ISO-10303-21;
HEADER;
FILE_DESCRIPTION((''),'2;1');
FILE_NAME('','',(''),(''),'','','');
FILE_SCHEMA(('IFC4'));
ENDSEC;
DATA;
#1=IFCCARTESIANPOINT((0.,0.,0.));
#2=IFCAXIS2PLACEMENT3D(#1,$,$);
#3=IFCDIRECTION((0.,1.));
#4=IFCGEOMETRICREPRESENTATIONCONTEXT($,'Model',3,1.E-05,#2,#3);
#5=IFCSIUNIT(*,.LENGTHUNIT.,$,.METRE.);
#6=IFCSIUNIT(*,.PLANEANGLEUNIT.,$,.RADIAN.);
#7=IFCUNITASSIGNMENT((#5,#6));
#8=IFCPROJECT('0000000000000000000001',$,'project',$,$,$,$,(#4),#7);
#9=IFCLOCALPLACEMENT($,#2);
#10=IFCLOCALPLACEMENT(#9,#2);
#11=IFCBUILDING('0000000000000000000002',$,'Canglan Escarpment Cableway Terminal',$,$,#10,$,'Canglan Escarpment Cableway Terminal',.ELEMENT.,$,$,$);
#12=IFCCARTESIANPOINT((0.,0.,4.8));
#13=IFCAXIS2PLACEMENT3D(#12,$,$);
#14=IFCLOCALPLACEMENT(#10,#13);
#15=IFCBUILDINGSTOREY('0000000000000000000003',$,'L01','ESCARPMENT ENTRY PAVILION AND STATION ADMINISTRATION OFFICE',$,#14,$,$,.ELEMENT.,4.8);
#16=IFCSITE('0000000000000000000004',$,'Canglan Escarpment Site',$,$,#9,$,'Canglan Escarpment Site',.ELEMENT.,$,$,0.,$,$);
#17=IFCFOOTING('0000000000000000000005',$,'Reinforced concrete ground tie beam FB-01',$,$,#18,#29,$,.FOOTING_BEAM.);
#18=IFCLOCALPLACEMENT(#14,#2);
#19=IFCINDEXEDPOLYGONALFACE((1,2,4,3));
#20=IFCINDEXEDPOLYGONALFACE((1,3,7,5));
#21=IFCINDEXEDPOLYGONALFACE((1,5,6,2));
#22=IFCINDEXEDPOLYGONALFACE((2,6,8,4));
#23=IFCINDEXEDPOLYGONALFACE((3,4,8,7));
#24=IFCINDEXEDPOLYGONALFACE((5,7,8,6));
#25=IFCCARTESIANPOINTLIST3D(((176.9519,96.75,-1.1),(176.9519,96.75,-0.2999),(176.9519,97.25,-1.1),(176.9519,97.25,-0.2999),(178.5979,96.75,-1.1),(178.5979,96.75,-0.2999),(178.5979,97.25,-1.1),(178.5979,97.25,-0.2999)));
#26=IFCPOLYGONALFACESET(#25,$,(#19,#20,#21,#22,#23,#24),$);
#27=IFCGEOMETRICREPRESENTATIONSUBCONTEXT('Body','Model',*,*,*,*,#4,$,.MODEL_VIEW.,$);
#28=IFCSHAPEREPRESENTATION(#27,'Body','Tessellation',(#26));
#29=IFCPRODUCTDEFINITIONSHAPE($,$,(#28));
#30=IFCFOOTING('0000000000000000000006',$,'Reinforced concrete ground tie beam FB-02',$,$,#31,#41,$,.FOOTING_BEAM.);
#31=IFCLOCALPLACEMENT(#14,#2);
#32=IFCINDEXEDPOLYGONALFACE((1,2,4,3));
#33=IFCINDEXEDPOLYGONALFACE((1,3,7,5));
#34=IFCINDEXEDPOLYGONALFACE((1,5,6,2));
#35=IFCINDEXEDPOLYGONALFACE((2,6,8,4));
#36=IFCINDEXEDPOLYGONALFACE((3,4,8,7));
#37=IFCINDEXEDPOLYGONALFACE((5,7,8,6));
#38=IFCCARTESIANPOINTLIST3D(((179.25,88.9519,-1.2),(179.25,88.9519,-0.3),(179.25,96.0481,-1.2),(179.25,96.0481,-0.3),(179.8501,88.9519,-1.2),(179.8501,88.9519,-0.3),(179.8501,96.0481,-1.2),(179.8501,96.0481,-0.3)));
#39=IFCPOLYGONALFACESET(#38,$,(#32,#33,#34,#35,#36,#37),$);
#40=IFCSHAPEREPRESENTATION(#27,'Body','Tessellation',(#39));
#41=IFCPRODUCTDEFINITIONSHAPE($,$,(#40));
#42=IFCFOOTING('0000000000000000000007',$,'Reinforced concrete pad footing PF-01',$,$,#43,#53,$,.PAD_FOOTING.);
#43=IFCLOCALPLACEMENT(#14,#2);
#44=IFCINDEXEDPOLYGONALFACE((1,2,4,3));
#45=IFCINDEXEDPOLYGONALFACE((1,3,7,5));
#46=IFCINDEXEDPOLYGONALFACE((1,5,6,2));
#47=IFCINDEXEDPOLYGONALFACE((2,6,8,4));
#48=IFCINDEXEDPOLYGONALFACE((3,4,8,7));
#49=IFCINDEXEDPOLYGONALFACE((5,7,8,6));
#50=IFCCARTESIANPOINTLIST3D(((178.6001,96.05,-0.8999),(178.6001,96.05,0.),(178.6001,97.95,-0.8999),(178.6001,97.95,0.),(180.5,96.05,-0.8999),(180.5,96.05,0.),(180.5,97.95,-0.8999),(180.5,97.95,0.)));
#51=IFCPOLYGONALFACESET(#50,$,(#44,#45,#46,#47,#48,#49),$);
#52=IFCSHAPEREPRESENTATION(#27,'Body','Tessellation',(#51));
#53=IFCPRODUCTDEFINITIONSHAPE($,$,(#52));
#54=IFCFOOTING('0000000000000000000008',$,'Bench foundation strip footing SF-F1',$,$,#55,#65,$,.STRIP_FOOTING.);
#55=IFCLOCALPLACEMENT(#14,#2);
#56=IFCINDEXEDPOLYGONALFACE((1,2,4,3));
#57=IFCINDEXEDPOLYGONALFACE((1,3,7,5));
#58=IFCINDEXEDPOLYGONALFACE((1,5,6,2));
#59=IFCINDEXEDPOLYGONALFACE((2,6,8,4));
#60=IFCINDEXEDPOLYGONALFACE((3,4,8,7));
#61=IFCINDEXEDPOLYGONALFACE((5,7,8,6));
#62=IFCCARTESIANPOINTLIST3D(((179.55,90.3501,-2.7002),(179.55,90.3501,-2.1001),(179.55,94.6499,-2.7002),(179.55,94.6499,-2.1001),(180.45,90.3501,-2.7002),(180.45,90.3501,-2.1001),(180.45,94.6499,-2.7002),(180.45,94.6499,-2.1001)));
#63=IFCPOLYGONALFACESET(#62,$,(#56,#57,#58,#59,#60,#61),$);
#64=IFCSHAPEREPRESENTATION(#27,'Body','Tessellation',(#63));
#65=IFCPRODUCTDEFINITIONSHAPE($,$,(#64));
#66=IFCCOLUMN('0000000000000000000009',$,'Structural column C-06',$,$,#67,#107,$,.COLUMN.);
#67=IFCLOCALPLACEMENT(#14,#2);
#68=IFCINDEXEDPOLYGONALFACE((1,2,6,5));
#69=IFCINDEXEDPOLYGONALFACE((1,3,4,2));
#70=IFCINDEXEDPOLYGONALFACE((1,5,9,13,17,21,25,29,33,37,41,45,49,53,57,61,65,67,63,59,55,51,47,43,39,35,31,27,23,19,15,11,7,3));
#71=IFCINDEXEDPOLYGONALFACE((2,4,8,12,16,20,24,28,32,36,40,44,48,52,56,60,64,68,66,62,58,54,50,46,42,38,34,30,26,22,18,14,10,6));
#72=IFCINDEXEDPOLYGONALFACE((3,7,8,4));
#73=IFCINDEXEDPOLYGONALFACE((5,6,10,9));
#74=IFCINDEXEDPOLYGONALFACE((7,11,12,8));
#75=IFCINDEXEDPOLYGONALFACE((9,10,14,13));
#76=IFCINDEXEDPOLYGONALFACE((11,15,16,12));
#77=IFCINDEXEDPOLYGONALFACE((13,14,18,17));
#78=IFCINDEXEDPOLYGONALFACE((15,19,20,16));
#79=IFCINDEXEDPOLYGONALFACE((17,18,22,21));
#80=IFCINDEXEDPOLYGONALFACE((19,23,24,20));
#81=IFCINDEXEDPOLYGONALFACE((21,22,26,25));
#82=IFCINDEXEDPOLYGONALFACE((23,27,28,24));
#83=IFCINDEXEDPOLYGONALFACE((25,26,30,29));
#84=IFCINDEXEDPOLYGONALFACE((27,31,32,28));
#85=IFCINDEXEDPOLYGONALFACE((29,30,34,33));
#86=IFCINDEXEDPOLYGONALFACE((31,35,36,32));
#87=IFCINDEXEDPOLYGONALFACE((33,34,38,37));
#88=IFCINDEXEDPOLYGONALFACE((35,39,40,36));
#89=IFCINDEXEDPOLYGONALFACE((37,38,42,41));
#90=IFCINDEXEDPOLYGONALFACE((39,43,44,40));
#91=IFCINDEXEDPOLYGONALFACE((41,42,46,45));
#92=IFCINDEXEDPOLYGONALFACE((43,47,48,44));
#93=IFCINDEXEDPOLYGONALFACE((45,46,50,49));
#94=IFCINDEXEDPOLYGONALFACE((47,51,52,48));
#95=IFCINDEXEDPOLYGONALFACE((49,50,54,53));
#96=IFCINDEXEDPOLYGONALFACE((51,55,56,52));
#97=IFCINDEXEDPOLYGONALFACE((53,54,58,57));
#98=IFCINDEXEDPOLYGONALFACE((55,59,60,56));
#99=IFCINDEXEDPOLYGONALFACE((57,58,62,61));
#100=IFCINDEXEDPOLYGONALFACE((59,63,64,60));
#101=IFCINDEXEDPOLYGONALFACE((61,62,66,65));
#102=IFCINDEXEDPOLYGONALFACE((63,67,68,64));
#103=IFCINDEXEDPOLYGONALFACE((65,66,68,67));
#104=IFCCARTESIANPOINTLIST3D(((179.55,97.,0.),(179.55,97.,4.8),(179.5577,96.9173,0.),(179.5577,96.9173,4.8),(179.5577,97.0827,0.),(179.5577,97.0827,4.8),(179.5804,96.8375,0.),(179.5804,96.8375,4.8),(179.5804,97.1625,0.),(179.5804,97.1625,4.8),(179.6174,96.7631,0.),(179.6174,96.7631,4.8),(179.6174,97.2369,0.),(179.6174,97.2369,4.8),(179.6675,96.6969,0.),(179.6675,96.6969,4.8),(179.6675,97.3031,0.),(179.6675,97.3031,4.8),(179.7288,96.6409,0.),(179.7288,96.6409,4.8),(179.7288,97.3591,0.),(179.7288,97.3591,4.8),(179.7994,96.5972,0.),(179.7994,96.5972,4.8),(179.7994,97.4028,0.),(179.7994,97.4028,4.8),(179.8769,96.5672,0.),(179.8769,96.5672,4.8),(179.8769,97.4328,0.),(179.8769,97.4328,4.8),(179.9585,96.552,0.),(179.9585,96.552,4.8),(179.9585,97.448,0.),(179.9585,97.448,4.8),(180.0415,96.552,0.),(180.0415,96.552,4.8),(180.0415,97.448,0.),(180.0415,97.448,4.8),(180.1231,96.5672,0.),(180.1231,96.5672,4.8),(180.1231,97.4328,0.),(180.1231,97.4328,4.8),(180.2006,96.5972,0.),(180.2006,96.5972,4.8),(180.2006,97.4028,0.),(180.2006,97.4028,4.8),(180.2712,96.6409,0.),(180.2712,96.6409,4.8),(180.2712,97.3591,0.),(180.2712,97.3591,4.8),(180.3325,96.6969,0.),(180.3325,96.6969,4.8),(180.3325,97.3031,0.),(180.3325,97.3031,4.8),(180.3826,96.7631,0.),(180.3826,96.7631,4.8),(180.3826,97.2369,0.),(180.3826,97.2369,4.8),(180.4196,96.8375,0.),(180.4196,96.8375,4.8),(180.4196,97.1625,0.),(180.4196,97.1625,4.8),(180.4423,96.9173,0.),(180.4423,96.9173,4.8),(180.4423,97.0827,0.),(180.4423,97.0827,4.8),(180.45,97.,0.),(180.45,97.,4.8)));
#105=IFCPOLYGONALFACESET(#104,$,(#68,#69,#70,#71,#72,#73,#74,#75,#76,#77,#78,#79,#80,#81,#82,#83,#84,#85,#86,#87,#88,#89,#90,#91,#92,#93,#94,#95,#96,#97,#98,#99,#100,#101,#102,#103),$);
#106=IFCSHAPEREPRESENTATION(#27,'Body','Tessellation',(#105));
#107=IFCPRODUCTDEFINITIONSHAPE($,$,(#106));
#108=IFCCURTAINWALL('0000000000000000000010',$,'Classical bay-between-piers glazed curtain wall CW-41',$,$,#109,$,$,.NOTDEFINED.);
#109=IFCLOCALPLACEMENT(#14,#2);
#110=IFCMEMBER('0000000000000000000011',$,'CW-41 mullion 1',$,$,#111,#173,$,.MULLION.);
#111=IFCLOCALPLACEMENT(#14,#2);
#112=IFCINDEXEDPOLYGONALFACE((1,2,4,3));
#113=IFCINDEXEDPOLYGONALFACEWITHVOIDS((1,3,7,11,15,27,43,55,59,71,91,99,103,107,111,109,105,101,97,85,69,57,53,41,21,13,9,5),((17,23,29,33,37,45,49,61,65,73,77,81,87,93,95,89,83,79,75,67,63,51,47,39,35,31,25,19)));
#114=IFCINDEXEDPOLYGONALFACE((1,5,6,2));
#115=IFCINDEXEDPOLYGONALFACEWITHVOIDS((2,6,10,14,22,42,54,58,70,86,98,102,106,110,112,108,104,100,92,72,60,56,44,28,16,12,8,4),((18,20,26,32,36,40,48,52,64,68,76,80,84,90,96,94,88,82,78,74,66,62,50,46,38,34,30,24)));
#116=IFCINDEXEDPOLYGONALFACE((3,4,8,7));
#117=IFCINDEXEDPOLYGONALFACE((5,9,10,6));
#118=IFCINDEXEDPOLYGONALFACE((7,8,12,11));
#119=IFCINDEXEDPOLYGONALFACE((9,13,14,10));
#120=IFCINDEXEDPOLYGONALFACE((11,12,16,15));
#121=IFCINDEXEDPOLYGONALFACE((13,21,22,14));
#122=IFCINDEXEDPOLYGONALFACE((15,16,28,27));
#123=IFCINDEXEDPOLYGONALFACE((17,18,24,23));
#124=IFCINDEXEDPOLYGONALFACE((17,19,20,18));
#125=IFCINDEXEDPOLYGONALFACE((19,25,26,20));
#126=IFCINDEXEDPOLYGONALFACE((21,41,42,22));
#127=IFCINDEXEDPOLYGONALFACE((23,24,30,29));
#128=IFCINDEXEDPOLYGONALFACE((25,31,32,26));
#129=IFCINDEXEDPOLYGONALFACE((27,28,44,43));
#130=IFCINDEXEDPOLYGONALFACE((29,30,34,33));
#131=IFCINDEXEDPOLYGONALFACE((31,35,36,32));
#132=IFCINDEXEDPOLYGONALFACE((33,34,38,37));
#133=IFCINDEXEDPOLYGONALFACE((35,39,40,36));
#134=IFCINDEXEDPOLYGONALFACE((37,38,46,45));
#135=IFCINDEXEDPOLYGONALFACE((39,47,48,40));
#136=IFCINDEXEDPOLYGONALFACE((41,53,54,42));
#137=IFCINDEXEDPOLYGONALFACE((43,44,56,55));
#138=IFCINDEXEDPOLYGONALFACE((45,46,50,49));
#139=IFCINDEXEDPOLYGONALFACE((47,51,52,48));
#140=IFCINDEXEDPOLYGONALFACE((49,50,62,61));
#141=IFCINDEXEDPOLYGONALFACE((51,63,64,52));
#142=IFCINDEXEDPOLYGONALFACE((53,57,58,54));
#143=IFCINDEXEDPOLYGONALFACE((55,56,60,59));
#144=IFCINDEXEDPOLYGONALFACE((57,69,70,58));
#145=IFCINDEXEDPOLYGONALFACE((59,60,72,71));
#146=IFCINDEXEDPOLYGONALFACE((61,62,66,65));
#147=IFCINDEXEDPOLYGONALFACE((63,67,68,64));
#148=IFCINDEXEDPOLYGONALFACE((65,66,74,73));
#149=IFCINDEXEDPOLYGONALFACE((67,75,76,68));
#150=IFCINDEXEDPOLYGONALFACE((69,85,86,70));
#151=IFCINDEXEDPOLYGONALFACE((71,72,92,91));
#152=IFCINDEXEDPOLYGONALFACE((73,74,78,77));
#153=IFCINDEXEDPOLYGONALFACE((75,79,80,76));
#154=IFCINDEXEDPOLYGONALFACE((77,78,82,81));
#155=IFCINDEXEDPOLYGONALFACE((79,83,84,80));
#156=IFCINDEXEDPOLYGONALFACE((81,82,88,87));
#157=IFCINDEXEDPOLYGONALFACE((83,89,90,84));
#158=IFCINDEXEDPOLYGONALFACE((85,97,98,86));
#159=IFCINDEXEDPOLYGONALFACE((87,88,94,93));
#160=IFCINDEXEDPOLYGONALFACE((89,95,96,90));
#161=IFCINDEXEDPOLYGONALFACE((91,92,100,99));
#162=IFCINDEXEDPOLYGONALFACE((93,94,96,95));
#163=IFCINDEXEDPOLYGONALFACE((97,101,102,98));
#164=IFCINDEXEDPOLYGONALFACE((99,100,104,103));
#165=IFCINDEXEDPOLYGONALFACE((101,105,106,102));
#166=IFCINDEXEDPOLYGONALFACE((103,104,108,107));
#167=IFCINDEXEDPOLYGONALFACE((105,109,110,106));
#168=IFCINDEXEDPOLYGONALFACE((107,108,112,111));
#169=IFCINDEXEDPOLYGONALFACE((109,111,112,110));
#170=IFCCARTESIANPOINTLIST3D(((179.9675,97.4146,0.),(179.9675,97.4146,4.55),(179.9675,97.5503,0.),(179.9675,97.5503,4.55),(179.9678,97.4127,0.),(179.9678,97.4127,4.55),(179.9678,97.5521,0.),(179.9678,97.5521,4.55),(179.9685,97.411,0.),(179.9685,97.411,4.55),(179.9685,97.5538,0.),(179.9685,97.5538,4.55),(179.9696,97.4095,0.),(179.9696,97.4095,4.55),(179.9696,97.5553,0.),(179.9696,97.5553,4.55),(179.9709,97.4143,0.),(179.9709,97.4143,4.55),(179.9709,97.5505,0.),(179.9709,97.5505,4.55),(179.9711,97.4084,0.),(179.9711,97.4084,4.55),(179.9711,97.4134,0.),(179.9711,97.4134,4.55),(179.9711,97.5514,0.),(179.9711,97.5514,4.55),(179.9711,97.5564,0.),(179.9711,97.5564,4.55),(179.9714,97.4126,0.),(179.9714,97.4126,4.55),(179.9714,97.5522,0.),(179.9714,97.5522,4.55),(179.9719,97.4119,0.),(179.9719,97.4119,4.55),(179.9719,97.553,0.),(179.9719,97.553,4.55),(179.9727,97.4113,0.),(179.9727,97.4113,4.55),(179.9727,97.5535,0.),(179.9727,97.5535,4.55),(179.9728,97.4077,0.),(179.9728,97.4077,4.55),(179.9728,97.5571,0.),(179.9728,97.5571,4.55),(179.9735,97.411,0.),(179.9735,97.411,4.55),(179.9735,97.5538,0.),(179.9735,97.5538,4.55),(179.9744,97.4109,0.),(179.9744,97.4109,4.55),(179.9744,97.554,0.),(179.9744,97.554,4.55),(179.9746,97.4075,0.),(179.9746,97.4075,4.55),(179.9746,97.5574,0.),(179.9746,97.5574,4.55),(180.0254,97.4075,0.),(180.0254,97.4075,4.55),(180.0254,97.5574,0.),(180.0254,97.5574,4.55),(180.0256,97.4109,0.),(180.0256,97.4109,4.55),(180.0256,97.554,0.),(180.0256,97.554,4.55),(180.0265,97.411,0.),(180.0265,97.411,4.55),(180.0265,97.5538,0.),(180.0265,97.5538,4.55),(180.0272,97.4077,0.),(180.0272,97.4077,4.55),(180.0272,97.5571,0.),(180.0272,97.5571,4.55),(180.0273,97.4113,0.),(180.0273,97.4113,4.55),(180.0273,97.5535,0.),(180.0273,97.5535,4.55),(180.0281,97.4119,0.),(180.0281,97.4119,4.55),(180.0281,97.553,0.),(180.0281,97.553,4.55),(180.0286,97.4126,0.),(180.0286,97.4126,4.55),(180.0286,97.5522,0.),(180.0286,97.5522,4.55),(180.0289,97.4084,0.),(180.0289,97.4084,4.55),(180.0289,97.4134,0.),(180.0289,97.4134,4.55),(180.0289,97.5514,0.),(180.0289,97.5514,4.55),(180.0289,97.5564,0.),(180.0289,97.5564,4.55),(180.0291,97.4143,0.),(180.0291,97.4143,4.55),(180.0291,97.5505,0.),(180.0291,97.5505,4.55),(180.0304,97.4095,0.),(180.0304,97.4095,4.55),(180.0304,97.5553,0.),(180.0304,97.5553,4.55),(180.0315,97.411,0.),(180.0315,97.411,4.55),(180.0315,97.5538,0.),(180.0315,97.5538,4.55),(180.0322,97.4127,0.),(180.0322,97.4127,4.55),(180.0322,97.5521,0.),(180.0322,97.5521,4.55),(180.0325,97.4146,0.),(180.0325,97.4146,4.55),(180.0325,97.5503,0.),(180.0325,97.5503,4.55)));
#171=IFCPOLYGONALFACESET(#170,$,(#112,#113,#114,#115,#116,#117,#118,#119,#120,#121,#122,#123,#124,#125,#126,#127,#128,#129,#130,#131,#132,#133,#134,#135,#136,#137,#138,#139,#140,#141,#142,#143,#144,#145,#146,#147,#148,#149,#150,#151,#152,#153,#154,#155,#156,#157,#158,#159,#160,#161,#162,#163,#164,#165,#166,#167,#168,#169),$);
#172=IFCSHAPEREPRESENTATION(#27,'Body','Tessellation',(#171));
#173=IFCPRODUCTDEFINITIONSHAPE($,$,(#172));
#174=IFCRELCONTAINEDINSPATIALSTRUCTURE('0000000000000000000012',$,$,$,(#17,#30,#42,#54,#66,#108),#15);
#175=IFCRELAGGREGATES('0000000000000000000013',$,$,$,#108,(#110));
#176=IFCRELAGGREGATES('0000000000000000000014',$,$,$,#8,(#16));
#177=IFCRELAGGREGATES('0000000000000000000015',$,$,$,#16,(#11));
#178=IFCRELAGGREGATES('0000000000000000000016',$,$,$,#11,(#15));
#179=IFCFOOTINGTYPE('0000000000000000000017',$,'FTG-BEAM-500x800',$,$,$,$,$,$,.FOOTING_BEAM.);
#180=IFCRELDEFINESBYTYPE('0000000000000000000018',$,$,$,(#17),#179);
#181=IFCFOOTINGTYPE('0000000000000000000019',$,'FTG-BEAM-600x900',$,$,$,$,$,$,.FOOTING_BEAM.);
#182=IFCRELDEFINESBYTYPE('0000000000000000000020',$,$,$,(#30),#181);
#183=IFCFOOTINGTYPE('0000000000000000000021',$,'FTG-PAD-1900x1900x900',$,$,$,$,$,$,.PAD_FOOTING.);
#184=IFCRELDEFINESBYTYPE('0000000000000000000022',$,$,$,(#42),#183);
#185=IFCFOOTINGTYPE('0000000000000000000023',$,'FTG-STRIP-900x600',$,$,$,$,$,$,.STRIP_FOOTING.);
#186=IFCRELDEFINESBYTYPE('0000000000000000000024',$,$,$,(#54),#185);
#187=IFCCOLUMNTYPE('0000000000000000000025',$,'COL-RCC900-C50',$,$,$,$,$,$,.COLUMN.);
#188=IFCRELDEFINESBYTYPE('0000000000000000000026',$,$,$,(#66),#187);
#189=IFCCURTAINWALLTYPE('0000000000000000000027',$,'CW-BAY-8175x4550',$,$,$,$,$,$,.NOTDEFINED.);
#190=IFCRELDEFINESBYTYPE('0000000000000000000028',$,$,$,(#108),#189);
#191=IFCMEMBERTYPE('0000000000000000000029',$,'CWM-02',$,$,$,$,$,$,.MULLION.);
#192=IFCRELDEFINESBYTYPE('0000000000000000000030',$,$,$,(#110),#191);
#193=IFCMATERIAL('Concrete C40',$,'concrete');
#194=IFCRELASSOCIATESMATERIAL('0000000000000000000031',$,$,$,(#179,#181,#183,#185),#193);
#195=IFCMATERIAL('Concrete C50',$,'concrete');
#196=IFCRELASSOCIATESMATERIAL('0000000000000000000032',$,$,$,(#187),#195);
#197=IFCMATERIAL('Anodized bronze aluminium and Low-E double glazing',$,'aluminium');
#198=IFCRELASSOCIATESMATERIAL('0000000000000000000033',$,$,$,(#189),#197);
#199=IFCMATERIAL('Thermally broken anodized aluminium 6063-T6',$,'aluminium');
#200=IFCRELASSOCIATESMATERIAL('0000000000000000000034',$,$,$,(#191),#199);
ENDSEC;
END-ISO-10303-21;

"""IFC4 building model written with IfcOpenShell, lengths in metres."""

from ifc_helpers import new_model, si_unit, direction, frame, origin, origin_2d, place, context, subcontext, project, spatial, rectangle, hollow_rectangle, circle, extrude, material, material_profile, profile_set, type_object, element, aggregate, save


model = new_model("IFC4")

# Units and contexts
model_context = context("Model", 3, precision=1e-05, world=origin(), true_north=direction((0.0, 1.0)))
body_context = subcontext(model_context, "Body", "Model", "MODEL_VIEW")
ifc_project = project(units=[si_unit("LENGTHUNIT", "METRE"), si_unit("PLANEANGLEUNIT", "RADIAN")], contexts=[model_context])

# Site, building, storey
site_placement = place(None, origin())
site = spatial("IfcSite", under=ifc_project, at=site_placement, Name="Canglan Escarpment Site", LongName="Canglan Escarpment Site", CompositionType="ELEMENT", RefElevation=0.0)
building_placement = place(site_placement, origin())
building = spatial("IfcBuilding", under=site, at=building_placement, Name="Canglan Escarpment Cableway Terminal", LongName="Canglan Escarpment Cableway Terminal", CompositionType="ELEMENT")
storey_placement = place(building_placement, frame((0.0, 0.0, 4.8)))
storey = spatial("IfcBuildingStorey", under=building, at=storey_placement, Name="L01", Description="ESCARPMENT ENTRY PAVILION AND STATION ADMINISTRATION OFFICE", CompositionType="ELEMENT", Elevation=4.8)

# Footings
ifc_material_1 = material(Name="Concrete C40", Category="concrete")
ifc_material_profile_1 = material_profile(ifc_material_1, rectangle(XDim=0.5, YDim=0.8, at=origin_2d()), Name="FB 500x800")
ifc_profile_set_1 = profile_set([ifc_material_profile_1], Name="Concrete C40")
footing_type_1 = type_object("IfcFootingType", Name="FTG-BEAM-500x800", PredefinedType="FOOTING_BEAM", material=ifc_profile_set_1)
footing_1_placement = place(storey_placement, frame((176.9519, 97.0, -0.7), z_axis=(1.0, 0.0, 0.0), x_axis=(0.0, 1.0, 0.0)))
element("IfcFooting", 1, at=footing_1_placement, inside=storey, type_object=footing_type_1, Name="Reinforced concrete ground tie beam FB-01", PredefinedType="FOOTING_BEAM", context=body_context, shape_type="SweptSolid", body=[
    extrude(rectangle(XDim=0.5, YDim=0.8, at=origin_2d()), origin(), (0.0, 0.0, 1.0), 1.646),
])
ifc_material_profile_2 = material_profile(ifc_material_1, rectangle(XDim=0.6001, YDim=0.8999, at=origin_2d()), Name="FB 600x900")
ifc_profile_set_2 = profile_set([ifc_material_profile_2], Name="Concrete C40")
footing_type_2 = type_object("IfcFootingType", Name="FTG-BEAM-600x900", PredefinedType="FOOTING_BEAM", material=ifc_profile_set_2)
footing_2_placement = place(storey_placement, frame((179.55, 88.9519, -0.75), z_axis=(0.0, 1.0, 0.0), x_axis=(-1.0, 0.0, 0.0)))
element("IfcFooting", 2, at=footing_2_placement, inside=storey, type_object=footing_type_2, Name="Reinforced concrete ground tie beam FB-02", PredefinedType="FOOTING_BEAM", context=body_context, shape_type="SweptSolid", body=[
    extrude(rectangle(XDim=0.6001, YDim=0.8999, at=origin_2d()), origin(), (0.0, 0.0, 1.0), 7.0962),
])
footing_type_3 = type_object("IfcFootingType", Name="FTG-PAD-1900x1900x900", PredefinedType="PAD_FOOTING", material=ifc_material_1)
footing_3_placement = place(storey_placement, frame((179.55, 97.0, -0.8999), z_axis=(0.0, 0.0, 1.0), x_axis=(1.0, 0.0, 0.0)))
element("IfcFooting", 3, at=footing_3_placement, inside=storey, type_object=footing_type_3, Name="Reinforced concrete pad footing PF-01", PredefinedType="PAD_FOOTING", context=body_context, shape_type="SweptSolid", body=[
    extrude(rectangle(XDim=1.8999, YDim=1.8999, at=origin_2d()), origin(), (0.0, 0.0, 1.0), 0.8999),
])
ifc_material_profile_3 = material_profile(ifc_material_1, rectangle(XDim=0.8999, YDim=0.6001, at=origin_2d()), Name="SF 900x600")
ifc_profile_set_3 = profile_set([ifc_material_profile_3], Name="Concrete C40")
footing_type_4 = type_object("IfcFootingType", Name="FTG-STRIP-900x600", PredefinedType="STRIP_FOOTING", material=ifc_profile_set_3)
footing_4_placement = place(storey_placement, frame((180.0, 90.3501, -2.4001), z_axis=(0.0, 1.0, 0.0), x_axis=(-1.0, 0.0, 0.0)))
element("IfcFooting", 4, at=footing_4_placement, inside=storey, type_object=footing_type_4, Name="Bench foundation strip footing SF-F1", PredefinedType="STRIP_FOOTING", context=body_context, shape_type="SweptSolid", body=[
    extrude(rectangle(XDim=0.8999, YDim=0.6001, at=origin_2d()), origin(), (0.0, 0.0, 1.0), 4.2998),
])

# Column
ifc_material_2 = material(Name="Concrete C50", Category="concrete")
ifc_material_profile_4 = material_profile(ifc_material_2, circle(Radius=0.45, at=origin_2d()), Name="RC-CIRC D900")
ifc_profile_set_4 = profile_set([ifc_material_profile_4], Name="Concrete C50")
column_type = type_object("IfcColumnType", Name="COL-RCC900-C50", PredefinedType="COLUMN", material=ifc_profile_set_4)
column_placement = place(storey_placement, frame((180.0, 97.0, 0.0), z_axis=(0.0, 0.0, 1.0), x_axis=(1.0, 0.0, 0.0)))
element("IfcColumn", 5, at=column_placement, inside=storey, type_object=column_type, Name="Structural column C-06", PredefinedType="COLUMN", context=body_context, shape_type="SweptSolid", body=[
    extrude(circle(Radius=0.45, at=origin_2d()), origin(), (0.0, 0.0, 1.0), 4.8),
])

# Curtain wall, member
ifc_material_3 = material(Name="Anodized bronze aluminium and Low-E double glazing", Category="aluminium")
curtain_wall_type = type_object("IfcCurtainWallType", Name="CW-BAY-8175x4550", PredefinedType="NOTDEFINED", material=ifc_material_3)
curtain_wall_placement = place(storey_placement, origin())
curtain_wall = element("IfcCurtainWall", 6, at=curtain_wall_placement, inside=storey, type_object=curtain_wall_type, Name="Classical bay-between-piers glazed curtain wall CW-41", PredefinedType="NOTDEFINED")
ifc_material_4 = material(Name="Thermally broken anodized aluminium 6063-T6", Category="aluminium")
ifc_material_profile_5 = material_profile(ifc_material_4, hollow_rectangle(XDim=0.0649, YDim=0.1499, WallThickness=0.0034, InnerFilletRadius=0.0034, OuterFilletRadius=0.0071, at=origin_2d()), Name="ALU-MULL 65x150x3.5")
ifc_profile_set_5 = profile_set([ifc_material_profile_5], Name="Thermally broken anodized aluminium 6063-T6")
member_type_1 = type_object("IfcMemberType", Name="CWM-02", PredefinedType="MULLION", material=ifc_profile_set_5)
member_1_placement = place(storey_placement, frame((180.0, 97.4824, 0.0), z_axis=(0.0, 0.0, 1.0), x_axis=(-1.0, 0.0, 0.0)))
member_1 = element("IfcMember", 7, at=member_1_placement, type_object=member_type_1, Name="CW-41 mullion 1", PredefinedType="MULLION", context=body_context, shape_type="SweptSolid", body=[
    extrude(hollow_rectangle(XDim=0.0649, YDim=0.1499, WallThickness=0.0034, InnerFilletRadius=0.0034, OuterFilletRadius=0.0071, at=origin_2d()), origin(), (0.0, 0.0, 1.0), 4.55),
])
aggregate(curtain_wall, [member_1])

save(model, "model.ifc")
